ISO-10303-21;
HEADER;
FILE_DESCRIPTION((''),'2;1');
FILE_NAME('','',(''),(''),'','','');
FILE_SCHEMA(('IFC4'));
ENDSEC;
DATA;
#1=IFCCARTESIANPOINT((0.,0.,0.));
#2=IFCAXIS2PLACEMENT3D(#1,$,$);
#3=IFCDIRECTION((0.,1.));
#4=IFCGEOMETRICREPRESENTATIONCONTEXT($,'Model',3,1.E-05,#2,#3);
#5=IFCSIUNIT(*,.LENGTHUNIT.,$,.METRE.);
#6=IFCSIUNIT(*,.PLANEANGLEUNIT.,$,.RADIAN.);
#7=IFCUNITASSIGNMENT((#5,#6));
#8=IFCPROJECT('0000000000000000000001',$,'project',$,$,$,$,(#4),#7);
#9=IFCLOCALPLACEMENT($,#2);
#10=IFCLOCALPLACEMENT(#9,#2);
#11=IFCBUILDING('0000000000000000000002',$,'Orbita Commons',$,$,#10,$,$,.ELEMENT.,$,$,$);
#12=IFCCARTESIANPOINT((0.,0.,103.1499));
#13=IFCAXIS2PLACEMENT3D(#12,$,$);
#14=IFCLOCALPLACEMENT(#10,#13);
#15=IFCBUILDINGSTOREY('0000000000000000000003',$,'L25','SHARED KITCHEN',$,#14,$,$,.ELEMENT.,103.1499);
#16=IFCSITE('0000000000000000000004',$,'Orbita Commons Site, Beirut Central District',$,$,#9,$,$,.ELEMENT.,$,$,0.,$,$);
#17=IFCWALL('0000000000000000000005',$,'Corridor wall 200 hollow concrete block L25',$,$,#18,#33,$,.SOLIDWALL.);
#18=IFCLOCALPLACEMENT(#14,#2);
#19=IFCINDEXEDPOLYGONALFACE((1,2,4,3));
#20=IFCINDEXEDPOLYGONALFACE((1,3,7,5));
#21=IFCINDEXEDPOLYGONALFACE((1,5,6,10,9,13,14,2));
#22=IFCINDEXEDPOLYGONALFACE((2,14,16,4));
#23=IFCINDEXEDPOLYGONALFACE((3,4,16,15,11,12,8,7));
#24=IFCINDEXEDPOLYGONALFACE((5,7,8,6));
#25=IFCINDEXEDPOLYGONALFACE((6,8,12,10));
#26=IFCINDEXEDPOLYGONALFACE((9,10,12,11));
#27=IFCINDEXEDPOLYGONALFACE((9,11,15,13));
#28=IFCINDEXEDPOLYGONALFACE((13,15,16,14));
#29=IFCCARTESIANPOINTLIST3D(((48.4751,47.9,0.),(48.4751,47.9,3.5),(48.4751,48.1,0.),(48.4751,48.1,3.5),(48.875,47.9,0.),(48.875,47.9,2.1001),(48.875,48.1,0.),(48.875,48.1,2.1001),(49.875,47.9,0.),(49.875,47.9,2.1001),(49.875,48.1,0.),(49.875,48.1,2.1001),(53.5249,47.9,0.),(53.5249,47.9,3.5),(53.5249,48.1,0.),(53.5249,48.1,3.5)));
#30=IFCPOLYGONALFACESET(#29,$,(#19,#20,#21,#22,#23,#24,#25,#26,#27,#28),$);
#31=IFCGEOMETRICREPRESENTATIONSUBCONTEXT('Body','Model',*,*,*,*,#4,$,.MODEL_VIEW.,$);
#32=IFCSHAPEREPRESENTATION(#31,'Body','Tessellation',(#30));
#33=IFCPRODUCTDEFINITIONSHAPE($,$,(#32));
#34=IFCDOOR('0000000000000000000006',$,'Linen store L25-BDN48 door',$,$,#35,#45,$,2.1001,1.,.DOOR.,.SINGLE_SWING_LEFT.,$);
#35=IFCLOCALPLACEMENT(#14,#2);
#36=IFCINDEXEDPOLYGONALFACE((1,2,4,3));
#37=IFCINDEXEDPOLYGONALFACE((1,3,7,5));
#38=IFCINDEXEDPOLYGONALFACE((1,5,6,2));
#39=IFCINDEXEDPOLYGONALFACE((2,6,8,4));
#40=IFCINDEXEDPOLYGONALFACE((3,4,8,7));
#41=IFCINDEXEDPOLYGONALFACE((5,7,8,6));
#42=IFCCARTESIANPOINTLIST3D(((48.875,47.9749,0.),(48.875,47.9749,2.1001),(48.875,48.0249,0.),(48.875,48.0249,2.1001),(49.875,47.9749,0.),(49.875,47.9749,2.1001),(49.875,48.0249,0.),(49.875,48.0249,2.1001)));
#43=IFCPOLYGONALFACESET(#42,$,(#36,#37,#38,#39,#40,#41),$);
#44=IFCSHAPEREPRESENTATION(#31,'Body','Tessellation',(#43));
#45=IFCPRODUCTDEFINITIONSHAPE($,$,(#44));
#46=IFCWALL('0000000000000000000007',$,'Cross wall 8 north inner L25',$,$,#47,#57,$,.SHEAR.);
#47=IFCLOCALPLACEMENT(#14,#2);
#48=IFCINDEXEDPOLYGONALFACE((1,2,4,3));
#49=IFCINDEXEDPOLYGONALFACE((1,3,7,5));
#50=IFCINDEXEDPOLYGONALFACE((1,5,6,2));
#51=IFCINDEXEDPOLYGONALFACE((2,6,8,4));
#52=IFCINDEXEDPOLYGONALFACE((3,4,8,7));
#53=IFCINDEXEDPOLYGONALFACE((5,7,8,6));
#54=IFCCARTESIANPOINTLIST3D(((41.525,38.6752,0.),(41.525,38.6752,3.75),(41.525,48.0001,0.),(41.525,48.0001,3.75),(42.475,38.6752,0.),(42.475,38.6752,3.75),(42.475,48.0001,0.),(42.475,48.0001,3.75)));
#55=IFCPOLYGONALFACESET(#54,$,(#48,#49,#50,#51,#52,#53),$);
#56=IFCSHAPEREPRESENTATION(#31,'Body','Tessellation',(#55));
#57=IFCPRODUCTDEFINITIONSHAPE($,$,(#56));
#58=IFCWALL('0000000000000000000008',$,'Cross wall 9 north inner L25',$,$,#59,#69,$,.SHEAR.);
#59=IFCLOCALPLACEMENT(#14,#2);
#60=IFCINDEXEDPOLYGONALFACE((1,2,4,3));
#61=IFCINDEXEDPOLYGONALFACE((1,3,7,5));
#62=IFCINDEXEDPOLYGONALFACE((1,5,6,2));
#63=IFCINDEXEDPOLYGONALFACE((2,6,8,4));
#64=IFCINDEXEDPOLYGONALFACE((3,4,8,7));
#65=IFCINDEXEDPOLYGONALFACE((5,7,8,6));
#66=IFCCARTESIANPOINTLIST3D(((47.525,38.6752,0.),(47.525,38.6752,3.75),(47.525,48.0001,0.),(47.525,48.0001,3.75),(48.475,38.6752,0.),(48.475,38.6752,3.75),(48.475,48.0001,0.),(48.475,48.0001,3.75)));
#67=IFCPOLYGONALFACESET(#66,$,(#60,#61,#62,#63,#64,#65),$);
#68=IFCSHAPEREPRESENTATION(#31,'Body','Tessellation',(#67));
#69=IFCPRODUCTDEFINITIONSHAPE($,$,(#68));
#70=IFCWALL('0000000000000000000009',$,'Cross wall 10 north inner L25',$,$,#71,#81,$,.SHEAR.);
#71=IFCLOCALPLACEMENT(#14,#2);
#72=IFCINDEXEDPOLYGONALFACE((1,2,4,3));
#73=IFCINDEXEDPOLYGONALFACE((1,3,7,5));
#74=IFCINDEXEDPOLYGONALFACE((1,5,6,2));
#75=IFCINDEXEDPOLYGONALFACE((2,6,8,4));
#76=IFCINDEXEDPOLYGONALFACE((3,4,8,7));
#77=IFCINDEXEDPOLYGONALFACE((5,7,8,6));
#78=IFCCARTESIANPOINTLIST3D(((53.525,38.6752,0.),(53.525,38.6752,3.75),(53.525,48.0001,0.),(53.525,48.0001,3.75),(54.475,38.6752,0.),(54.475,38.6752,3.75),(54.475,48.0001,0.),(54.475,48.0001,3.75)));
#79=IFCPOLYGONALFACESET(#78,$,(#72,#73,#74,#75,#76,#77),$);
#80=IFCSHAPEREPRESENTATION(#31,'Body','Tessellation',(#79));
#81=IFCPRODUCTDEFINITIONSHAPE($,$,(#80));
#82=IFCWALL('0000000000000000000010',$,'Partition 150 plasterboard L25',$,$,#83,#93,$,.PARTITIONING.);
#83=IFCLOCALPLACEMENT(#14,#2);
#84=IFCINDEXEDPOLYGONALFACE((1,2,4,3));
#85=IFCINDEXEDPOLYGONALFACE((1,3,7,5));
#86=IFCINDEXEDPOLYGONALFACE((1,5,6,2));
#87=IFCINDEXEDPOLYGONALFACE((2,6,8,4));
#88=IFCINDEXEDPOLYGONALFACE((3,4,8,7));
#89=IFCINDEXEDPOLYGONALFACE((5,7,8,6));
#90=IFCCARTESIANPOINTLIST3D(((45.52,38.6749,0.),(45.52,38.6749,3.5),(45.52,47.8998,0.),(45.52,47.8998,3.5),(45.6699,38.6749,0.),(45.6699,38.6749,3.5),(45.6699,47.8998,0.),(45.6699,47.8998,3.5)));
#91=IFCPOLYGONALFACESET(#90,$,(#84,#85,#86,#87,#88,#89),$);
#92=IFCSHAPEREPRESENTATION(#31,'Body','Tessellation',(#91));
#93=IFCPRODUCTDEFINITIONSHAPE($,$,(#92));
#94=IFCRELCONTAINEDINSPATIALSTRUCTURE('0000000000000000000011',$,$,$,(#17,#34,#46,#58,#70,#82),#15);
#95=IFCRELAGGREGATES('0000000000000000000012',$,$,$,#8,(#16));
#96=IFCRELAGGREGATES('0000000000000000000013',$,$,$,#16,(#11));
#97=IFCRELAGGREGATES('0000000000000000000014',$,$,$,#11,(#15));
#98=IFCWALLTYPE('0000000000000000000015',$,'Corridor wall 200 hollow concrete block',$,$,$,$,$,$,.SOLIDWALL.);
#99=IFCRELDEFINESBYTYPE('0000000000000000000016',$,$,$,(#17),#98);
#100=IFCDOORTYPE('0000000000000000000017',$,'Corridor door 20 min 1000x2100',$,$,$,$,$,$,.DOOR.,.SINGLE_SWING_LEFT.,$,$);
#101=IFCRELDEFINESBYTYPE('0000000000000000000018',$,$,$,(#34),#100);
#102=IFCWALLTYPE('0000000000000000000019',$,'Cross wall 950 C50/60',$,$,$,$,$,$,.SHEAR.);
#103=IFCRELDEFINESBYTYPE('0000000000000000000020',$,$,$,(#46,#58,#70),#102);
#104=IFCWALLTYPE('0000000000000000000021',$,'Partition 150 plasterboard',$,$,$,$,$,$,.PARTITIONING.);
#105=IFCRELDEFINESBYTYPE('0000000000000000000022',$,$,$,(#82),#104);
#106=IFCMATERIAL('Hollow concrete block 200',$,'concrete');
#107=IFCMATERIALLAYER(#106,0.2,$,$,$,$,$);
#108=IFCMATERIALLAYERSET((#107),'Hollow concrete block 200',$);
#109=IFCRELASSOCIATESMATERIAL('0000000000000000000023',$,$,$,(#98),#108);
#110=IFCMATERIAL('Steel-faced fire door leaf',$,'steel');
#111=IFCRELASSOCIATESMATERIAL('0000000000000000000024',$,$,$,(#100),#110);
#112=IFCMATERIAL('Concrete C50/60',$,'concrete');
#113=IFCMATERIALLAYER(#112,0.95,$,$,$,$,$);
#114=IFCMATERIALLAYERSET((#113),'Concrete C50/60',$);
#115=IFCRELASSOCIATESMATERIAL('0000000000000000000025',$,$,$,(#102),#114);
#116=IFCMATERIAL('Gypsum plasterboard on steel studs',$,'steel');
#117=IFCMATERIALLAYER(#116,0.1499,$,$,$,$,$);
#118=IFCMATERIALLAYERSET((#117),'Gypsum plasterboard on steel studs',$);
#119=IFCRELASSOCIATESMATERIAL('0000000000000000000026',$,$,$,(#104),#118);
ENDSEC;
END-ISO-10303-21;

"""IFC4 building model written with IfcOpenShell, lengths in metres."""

from ifc_helpers import new_model, si_unit, direction, frame, frame_2d, origin, place, context, subcontext, project, spatial, rectangle, extrude, material, layer, layer_set, type_object, element, fill, save


model = new_model("IFC4")

# Units and contexts
model_context = context("Model", 3, precision=1e-05, world=origin(), true_north=direction((0.0, 1.0)))
body_context = subcontext(model_context, "Body", "Model", "MODEL_VIEW")
ifc_project = project(units=[si_unit("LENGTHUNIT", "METRE"), si_unit("PLANEANGLEUNIT", "RADIAN")], contexts=[model_context])

# Site, building, storey
site_placement = place(None, origin())
site = spatial("IfcSite", under=ifc_project, at=site_placement, Name="Orbita Commons Site, Beirut Central District", CompositionType="ELEMENT", RefElevation=0.0)
building_placement = place(site_placement, origin())
building = spatial("IfcBuilding", under=site, at=building_placement, Name="Orbita Commons", CompositionType="ELEMENT")
storey_placement = place(building_placement, frame((0.0, 0.0, 103.1499)))
storey = spatial("IfcBuildingStorey", under=building, at=storey_placement, Name="L25", Description="SHARED KITCHEN", CompositionType="ELEMENT", Elevation=103.1499)

# Shared definitions
ifc_material_1 = material(Name="Hollow concrete block 200", Category="concrete")
ifc_layer_1 = layer(ifc_material_1, 0.2)
ifc_layer_set_1 = layer_set([ifc_layer_1], Name="Hollow concrete block 200")
wall_type_1 = type_object("IfcWallType", Name="Corridor wall 200 hollow concrete block", PredefinedType="SOLIDWALL", material=ifc_layer_set_1)

# Wall, opening, door
wall_1_placement = place(storey_placement, frame((48.4751, 48.0, 0.0), z_axis=(0.0, 0.0, 1.0), x_axis=(1.0, 0.0, 0.0)))
wall_1 = element("IfcWall", 1, at=wall_1_placement, inside=storey, type_object=wall_type_1, Name="Corridor wall 200 hollow concrete block L25", PredefinedType="SOLIDWALL", context=body_context, shape_type="SweptSolid", body=[
    extrude(rectangle(XDim=5.0498, YDim=0.2, at=frame_2d((2.5249, 0.0))), origin(), (0.0, 0.0, 1.0), 3.5),
])
opening_1_placement = place(wall_1_placement, frame((0.3999, 0.0, 0.0)))
opening_1 = element("IfcOpeningElement", 2, at=opening_1_placement, cuts=wall_1, PredefinedType="OPENING", context=body_context, shape_type="SweptSolid", body=[
    extrude(rectangle(XDim=1.0, YDim=2.1001, at=frame_2d((0.5, 1.05))), frame((0.0, 0.1099, 0.0), z_axis=(0.0, -1.0, 0.0), x_axis=(1.0, 0.0, 0.0)), (0.0, 0.0, 1.0), 0.22),
])
ifc_material_2 = material(Name="Steel-faced fire door leaf", Category="steel")
door_type_1 = type_object("IfcDoorType", Name="Corridor door 20 min 1000x2100", OperationType="SINGLE_SWING_LEFT", PredefinedType="DOOR", material=ifc_material_2)
door_1_placement = place(opening_1_placement, origin())
door_1 = element("IfcDoor", 3, at=door_1_placement, inside=storey, type_object=door_type_1, Name="Linen store L25-BDN48 door", OperationType="SINGLE_SWING_LEFT", OverallHeight=2.1001, OverallWidth=1.0, PredefinedType="DOOR", context=body_context, shape_type="SweptSolid", body=[
    extrude(rectangle(XDim=1.0, YDim=2.1001, at=frame_2d((0.5, 1.05))), frame((0.0, 0.0249, 0.0), z_axis=(0.0, -1.0, 0.0), x_axis=(1.0, 0.0, 0.0)), (0.0, 0.0, 1.0), 0.05),
])
fill(opening_1, door_1)

# Walls
ifc_material_3 = material(Name="Concrete C50/60", Category="concrete")
ifc_layer_2 = layer(ifc_material_3, 0.95)
ifc_layer_set_2 = layer_set([ifc_layer_2], Name="Concrete C50/60")
wall_type_2 = type_object("IfcWallType", Name="Cross wall 950 C50/60", PredefinedType="SHEAR", material=ifc_layer_set_2)
for number, where, z_axis, x_axis, name in (
    (4, (42.0, 38.675, 0.0), (0.0, 0.0, 1.0), (0.0, 1.0, 0.0), "Cross wall 8 north inner L25"),
    (5, (48.0, 38.675, 0.0), (0.0, 0.0, 1.0), (0.0, 1.0, 0.0), "Cross wall 9 north inner L25"),
    (6, (54.0, 38.675, 0.0), (0.0, 0.0, 1.0), (0.0, 1.0, 0.0), "Cross wall 10 north inner L25"),
):
    element("IfcWall", number, at=place(storey_placement, frame(where, z_axis=z_axis, x_axis=x_axis)), inside=storey, type_object=wall_type_2, Name=name, PredefinedType="SHEAR", context=body_context, shape_type="SweptSolid", body=[
        extrude(rectangle(XDim=9.325, YDim=0.95, at=frame_2d((4.6626, 0.0))), origin(), (0.0, 0.0, 1.0), 3.75),
    ])
ifc_material_4 = material(Name="Gypsum plasterboard on steel studs", Category="steel")
ifc_layer_3 = layer(ifc_material_4, 0.1499)
ifc_layer_set_3 = layer_set([ifc_layer_3], Name="Gypsum plasterboard on steel studs")
wall_type_3 = type_object("IfcWallType", Name="Partition 150 plasterboard", PredefinedType="PARTITIONING", material=ifc_layer_set_3)
wall_2_placement = place(storey_placement, frame((45.595, 38.675, 0.0), z_axis=(0.0, 0.0, 1.0), x_axis=(0.0, 1.0, 0.0)))
element("IfcWall", 7, at=wall_2_placement, inside=storey, type_object=wall_type_3, Name="Partition 150 plasterboard L25", PredefinedType="PARTITIONING", context=body_context, shape_type="SweptSolid", body=[
    extrude(rectangle(XDim=9.2249, YDim=0.1499, at=frame_2d((4.6123, 0.0))), origin(), (0.0, 0.0, 1.0), 3.5),
])

save(model, "model.ifc")
